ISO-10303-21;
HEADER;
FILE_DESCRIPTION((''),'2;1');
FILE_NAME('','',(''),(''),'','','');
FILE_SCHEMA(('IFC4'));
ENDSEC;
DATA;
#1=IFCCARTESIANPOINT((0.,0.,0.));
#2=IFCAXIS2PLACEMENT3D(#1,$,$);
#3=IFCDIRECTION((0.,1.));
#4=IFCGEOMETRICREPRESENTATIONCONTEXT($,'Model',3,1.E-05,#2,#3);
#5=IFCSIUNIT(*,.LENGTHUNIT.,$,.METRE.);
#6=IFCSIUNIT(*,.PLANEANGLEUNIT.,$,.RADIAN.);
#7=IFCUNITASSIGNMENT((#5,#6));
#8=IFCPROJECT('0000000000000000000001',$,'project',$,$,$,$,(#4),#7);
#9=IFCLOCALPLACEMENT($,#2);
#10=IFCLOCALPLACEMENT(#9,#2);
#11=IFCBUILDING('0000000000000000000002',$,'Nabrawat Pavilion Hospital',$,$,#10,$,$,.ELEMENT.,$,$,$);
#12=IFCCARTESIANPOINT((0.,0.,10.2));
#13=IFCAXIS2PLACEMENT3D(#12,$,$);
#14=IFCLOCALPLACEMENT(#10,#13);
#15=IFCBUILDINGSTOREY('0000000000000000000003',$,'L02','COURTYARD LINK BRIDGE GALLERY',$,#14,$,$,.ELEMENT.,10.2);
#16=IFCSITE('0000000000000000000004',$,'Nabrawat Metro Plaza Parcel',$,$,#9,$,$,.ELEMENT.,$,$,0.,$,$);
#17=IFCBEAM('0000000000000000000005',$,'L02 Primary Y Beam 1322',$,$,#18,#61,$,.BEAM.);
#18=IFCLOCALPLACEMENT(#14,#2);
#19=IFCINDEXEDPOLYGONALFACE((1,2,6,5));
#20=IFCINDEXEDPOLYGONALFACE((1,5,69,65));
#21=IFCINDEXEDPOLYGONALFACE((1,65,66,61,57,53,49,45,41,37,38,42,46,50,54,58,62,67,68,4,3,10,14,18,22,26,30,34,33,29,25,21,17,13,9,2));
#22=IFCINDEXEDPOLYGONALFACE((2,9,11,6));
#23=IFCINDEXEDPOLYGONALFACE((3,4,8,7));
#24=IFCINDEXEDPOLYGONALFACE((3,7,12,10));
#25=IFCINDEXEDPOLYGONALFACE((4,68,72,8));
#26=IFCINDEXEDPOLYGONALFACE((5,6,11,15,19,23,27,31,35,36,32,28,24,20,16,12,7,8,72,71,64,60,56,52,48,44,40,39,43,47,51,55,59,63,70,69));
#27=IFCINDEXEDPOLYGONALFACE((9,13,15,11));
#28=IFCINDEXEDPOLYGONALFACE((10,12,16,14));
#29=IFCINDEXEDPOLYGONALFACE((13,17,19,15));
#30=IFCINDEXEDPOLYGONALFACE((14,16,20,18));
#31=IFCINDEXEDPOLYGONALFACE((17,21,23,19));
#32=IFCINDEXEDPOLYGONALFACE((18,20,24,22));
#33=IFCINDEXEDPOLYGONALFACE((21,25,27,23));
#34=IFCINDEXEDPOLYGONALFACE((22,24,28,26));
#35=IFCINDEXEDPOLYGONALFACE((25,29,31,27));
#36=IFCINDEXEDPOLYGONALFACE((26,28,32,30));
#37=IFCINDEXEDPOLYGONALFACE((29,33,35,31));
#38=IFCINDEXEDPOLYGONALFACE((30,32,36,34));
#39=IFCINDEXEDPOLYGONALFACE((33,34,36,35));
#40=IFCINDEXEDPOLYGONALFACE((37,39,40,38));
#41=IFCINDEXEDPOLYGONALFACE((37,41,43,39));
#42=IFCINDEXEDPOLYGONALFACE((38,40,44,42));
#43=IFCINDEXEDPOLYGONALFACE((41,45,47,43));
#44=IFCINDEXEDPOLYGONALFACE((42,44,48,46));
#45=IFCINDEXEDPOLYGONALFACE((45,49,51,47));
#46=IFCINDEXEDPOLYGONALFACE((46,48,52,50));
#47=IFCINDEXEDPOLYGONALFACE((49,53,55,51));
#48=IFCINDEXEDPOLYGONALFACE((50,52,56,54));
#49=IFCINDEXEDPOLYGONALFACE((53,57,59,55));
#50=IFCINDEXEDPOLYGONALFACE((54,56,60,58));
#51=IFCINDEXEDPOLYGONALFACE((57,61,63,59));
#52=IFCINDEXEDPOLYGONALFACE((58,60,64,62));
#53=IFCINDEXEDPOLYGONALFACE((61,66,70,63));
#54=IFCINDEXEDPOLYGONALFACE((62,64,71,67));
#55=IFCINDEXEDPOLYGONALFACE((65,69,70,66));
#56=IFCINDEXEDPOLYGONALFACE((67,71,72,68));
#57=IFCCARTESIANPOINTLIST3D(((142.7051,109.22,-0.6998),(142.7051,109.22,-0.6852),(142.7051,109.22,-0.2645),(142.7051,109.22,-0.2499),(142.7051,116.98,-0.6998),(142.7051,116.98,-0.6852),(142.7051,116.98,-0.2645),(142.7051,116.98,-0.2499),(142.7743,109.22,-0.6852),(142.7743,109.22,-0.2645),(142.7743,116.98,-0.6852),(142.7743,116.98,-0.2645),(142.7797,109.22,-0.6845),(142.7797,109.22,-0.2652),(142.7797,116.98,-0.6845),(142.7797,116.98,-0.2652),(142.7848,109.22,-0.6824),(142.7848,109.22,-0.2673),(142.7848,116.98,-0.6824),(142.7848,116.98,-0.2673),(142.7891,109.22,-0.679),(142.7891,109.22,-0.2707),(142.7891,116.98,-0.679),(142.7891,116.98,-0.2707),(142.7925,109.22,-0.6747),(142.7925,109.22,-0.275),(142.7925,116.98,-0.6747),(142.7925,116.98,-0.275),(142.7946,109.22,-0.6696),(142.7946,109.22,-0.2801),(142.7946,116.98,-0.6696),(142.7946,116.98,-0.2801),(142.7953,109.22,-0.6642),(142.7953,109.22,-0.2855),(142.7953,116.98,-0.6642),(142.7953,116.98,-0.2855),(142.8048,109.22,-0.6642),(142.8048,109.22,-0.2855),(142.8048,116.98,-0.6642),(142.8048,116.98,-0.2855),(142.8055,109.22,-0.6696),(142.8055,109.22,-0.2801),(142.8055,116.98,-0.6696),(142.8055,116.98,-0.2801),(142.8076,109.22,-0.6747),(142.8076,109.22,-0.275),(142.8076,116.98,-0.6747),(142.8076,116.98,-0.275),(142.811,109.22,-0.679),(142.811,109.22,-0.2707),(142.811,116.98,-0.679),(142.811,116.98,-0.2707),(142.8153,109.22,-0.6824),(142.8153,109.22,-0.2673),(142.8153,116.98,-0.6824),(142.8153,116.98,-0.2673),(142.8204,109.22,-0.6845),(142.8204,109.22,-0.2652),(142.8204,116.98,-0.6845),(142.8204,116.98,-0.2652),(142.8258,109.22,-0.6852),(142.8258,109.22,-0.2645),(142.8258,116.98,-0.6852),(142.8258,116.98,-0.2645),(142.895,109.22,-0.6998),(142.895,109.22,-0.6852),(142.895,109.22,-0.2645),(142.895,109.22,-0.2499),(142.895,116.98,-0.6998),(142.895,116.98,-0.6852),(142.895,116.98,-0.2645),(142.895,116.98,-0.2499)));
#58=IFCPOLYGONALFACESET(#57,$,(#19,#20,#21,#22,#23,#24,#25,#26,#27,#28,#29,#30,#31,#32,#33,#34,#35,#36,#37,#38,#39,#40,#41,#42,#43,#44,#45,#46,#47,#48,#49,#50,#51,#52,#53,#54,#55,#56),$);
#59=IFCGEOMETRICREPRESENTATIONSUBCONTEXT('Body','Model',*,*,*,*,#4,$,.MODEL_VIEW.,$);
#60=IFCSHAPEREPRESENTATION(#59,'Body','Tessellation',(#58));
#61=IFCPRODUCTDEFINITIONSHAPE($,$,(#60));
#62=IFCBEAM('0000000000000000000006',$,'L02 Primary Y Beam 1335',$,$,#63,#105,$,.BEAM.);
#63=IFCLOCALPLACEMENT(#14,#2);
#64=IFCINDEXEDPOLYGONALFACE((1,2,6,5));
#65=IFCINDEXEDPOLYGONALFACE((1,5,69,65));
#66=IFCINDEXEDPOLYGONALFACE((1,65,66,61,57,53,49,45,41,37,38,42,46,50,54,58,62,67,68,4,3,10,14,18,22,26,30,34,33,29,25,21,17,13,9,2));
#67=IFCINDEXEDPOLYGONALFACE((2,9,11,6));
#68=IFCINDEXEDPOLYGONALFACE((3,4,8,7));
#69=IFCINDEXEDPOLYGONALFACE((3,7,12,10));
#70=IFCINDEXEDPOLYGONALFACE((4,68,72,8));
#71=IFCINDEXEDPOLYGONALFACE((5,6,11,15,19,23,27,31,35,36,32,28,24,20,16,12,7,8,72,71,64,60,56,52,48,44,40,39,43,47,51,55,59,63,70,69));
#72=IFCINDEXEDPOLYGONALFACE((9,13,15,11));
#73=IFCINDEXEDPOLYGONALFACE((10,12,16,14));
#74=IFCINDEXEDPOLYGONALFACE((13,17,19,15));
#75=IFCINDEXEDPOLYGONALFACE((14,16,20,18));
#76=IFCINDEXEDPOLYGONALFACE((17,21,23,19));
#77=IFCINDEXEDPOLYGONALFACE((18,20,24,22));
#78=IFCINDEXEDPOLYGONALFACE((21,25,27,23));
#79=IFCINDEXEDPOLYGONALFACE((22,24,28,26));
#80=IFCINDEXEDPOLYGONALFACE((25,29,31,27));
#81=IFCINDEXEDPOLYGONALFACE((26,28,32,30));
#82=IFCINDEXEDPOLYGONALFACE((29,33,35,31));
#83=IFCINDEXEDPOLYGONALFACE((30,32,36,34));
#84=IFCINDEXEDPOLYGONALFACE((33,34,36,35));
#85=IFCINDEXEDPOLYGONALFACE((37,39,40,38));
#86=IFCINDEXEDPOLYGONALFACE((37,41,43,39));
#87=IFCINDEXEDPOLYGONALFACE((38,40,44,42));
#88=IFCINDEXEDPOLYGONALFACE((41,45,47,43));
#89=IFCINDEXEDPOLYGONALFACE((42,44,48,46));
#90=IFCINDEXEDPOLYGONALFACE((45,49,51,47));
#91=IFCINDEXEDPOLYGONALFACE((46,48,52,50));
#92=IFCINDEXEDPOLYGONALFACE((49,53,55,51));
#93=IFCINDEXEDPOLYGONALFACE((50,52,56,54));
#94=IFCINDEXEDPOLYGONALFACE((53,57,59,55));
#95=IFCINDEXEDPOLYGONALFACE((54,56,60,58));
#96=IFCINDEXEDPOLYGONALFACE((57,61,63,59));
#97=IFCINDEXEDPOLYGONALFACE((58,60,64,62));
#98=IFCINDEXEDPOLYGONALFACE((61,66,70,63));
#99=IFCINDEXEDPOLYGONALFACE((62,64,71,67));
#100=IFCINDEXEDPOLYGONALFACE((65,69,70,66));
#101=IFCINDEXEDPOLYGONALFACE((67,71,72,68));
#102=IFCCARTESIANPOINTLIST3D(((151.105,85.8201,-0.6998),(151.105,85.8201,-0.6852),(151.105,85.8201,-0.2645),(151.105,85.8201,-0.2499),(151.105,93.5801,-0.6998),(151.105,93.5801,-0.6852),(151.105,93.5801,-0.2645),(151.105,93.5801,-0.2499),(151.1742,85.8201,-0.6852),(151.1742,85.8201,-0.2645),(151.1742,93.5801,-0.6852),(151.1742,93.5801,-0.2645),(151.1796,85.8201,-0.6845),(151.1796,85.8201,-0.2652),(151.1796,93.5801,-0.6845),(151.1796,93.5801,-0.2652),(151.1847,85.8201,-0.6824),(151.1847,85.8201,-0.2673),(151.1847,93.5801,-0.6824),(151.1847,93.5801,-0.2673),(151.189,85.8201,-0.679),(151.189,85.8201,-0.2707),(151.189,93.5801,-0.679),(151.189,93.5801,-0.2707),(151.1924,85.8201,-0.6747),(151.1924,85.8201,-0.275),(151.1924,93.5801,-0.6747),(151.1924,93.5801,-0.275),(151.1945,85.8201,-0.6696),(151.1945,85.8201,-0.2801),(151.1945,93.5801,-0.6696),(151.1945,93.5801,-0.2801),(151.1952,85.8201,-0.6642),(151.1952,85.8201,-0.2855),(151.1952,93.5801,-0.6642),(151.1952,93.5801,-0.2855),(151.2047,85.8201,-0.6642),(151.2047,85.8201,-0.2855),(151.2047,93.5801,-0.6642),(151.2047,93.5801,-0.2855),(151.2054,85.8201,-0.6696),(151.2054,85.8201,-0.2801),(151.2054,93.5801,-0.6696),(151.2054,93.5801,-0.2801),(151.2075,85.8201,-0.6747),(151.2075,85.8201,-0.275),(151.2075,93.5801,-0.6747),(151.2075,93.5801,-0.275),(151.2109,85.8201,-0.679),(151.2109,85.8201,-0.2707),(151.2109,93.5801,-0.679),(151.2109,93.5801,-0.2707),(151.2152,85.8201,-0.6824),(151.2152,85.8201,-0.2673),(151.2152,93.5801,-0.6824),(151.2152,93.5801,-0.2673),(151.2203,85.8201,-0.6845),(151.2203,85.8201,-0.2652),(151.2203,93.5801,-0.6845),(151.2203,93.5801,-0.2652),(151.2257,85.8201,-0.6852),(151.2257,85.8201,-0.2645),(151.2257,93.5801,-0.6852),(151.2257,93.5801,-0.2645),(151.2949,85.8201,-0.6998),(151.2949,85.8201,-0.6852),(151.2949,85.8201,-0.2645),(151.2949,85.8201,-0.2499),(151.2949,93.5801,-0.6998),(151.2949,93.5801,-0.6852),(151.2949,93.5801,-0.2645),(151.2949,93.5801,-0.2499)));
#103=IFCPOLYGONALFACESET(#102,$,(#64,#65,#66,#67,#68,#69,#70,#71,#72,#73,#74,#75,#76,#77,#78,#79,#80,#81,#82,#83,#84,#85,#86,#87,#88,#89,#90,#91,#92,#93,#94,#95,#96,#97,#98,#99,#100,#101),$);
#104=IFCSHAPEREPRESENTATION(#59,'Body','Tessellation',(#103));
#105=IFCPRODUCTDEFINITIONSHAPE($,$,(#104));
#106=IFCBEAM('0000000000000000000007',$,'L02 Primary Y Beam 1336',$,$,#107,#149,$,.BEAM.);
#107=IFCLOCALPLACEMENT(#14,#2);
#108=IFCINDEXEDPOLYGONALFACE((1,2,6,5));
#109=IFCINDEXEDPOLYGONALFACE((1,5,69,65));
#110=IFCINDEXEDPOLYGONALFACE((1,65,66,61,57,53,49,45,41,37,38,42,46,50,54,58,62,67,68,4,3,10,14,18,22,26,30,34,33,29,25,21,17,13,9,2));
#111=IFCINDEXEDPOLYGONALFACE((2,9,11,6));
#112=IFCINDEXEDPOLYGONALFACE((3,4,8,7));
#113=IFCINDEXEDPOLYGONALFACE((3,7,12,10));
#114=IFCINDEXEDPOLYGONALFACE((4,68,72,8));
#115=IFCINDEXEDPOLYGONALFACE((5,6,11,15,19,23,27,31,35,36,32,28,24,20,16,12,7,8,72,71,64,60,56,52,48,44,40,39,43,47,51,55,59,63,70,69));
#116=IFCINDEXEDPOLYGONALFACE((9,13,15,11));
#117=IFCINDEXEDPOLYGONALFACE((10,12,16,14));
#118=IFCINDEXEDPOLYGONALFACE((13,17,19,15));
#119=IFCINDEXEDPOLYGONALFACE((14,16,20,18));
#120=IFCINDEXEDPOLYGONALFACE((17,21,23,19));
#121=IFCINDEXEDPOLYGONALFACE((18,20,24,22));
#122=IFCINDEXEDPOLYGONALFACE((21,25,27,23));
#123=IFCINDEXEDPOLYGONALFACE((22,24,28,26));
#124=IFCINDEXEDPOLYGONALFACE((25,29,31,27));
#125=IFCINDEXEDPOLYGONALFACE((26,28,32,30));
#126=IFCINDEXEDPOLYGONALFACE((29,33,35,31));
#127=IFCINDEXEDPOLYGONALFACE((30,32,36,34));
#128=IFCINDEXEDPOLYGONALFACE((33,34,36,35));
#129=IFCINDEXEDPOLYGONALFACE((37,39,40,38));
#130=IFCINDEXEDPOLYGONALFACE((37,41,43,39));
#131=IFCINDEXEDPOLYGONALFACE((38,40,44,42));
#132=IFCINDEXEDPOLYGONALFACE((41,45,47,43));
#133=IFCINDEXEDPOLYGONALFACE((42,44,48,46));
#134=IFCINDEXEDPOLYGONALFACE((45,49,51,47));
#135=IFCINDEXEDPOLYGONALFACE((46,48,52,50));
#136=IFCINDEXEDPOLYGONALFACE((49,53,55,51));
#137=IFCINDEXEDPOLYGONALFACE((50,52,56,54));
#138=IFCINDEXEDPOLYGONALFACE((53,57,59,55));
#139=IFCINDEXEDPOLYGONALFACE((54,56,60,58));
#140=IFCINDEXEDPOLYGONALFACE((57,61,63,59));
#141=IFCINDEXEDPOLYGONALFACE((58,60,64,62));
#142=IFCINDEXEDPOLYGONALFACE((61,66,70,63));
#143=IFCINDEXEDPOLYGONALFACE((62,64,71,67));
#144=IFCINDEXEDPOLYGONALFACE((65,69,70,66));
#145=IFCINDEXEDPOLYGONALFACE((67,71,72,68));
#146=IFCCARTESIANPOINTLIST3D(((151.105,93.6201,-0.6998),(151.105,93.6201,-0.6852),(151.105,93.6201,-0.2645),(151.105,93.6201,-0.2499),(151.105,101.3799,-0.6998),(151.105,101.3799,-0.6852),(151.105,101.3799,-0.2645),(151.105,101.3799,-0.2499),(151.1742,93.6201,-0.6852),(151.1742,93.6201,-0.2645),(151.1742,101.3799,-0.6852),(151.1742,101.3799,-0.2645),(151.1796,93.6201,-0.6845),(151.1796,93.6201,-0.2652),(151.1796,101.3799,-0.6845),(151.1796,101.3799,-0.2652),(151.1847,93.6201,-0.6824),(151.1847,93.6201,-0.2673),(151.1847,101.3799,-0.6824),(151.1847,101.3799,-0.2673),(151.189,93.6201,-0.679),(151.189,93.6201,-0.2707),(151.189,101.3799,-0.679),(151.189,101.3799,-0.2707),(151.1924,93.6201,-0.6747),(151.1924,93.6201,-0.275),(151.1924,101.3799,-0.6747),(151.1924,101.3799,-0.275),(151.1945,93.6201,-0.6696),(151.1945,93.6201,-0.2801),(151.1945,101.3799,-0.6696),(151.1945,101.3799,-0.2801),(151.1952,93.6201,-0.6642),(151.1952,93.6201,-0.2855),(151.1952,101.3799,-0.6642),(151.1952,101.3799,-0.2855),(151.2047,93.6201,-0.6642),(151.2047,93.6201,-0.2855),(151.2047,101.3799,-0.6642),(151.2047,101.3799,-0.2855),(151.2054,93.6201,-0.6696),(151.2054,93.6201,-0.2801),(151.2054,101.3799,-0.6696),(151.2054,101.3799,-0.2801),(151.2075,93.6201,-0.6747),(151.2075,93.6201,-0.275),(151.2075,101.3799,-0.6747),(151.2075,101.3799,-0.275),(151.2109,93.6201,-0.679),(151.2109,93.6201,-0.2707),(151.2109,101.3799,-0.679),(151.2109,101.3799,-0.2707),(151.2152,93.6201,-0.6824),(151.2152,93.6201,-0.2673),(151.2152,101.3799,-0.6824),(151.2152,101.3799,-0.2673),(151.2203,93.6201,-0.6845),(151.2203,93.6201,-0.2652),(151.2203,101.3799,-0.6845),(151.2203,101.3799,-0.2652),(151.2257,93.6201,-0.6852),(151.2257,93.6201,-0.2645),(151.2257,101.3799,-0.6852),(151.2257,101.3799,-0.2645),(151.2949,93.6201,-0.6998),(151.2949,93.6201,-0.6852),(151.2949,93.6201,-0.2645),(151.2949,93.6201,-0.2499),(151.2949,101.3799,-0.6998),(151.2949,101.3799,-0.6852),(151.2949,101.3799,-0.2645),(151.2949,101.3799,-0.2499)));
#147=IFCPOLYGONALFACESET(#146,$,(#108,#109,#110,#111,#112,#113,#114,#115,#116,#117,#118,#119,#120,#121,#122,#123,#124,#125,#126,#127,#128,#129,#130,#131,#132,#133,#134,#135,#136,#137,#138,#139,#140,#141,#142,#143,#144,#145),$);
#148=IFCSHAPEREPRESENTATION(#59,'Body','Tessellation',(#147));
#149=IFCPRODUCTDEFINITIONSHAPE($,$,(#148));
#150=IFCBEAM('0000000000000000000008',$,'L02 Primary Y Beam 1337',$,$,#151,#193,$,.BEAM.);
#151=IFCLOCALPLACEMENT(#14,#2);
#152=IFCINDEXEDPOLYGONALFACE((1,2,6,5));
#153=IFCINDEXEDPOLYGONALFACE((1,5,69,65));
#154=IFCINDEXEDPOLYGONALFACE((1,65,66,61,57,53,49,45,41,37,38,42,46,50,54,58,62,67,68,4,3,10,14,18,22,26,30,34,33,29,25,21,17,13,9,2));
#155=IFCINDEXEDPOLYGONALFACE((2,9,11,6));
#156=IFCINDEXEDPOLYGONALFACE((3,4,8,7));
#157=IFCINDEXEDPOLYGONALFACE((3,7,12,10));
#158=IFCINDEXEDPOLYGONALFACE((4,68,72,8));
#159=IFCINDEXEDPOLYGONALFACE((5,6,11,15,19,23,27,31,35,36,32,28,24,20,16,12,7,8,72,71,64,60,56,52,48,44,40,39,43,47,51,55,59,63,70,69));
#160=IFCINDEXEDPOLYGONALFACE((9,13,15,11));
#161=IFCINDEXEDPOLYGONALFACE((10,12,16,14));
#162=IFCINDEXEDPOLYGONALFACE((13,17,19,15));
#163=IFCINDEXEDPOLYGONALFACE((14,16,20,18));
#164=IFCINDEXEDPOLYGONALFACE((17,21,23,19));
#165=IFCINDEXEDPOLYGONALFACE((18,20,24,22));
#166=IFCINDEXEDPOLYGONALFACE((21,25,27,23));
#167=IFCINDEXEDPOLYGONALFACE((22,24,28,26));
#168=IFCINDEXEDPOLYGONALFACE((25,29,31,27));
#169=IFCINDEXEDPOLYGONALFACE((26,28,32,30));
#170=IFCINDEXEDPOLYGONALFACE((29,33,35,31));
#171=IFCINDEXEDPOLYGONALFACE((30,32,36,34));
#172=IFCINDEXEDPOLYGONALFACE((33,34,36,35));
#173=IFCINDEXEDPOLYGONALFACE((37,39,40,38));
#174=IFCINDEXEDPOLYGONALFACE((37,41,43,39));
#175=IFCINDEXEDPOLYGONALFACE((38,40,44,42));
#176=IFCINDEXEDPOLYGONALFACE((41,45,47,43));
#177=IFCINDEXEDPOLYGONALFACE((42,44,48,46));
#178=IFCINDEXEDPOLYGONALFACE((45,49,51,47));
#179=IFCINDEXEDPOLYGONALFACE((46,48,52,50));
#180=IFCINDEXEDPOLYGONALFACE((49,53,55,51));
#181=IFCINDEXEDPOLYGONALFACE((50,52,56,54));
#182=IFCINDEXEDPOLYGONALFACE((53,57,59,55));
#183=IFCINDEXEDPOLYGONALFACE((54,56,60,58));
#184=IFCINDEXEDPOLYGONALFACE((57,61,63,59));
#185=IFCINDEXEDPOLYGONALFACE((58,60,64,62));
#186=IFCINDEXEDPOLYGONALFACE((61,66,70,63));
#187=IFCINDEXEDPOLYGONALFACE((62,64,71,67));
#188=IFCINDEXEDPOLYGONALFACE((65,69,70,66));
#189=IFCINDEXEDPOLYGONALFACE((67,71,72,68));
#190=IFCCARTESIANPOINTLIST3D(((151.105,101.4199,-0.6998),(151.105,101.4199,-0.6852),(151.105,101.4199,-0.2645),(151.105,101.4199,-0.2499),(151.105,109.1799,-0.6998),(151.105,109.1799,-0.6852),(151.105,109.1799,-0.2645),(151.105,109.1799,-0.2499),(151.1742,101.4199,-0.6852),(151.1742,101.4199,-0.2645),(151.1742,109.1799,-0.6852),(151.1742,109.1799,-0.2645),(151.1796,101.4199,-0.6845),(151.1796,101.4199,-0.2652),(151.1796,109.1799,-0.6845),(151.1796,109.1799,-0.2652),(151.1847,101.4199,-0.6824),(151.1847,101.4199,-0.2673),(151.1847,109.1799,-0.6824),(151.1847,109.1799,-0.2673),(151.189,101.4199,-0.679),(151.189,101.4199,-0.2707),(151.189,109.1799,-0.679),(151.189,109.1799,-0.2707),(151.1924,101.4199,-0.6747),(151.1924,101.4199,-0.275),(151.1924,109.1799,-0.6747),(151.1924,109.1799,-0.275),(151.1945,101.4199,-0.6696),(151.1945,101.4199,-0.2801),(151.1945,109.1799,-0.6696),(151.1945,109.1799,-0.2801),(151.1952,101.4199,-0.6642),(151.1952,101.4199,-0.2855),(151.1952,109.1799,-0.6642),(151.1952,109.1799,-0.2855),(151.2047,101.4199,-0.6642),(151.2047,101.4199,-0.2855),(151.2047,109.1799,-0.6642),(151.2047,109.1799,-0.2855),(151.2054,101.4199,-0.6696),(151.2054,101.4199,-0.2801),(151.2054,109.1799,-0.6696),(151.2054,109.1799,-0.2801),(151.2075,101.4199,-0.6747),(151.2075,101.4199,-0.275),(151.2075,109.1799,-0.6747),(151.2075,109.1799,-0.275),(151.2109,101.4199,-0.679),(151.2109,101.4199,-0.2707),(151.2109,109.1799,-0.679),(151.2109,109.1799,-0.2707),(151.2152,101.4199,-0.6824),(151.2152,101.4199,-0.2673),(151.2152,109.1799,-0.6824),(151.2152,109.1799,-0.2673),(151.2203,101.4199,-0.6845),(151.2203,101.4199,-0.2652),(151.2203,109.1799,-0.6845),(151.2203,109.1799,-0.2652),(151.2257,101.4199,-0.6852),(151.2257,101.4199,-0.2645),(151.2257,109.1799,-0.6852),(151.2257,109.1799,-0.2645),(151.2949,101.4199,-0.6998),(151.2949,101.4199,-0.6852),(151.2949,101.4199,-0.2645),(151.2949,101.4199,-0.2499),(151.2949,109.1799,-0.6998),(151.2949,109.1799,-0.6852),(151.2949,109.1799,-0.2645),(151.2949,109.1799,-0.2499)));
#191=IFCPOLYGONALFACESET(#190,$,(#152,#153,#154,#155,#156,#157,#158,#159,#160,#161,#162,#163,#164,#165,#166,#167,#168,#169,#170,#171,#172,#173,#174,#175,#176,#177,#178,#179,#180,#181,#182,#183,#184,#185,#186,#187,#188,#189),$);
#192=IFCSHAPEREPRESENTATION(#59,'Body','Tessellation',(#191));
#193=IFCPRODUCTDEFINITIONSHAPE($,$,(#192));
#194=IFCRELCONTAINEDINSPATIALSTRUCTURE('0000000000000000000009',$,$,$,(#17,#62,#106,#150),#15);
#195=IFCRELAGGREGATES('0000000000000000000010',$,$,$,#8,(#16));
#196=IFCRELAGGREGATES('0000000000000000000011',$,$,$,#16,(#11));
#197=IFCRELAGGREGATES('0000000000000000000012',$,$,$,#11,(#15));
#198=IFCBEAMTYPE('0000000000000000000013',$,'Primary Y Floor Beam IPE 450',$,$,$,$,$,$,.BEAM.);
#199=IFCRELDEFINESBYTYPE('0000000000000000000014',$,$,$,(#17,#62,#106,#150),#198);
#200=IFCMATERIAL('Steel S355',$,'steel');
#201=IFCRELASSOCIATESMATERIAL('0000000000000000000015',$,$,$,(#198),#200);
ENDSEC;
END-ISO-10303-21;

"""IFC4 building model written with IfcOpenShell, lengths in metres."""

from ifc_helpers import new_model, si_unit, direction, frame, origin, origin_2d, place, context, subcontext, project, spatial, i_section, extrude, material, material_profile, profile_set, type_object, element, save


model = new_model("IFC4")

# Units and contexts
model_context = context("Model", 3, precision=1e-05, world=origin(), true_north=direction((0.0, 1.0)))
body_context = subcontext(model_context, "Body", "Model", "MODEL_VIEW")
ifc_project = project(units=[si_unit("LENGTHUNIT", "METRE"), si_unit("PLANEANGLEUNIT", "RADIAN")], contexts=[model_context])

# Site, building, storey
site_placement = place(None, origin())
site = spatial("IfcSite", under=ifc_project, at=site_placement, Name="Nabrawat Metro Plaza Parcel", CompositionType="ELEMENT", RefElevation=0.0)
building_placement = place(site_placement, origin())
building = spatial("IfcBuilding", under=site, at=building_placement, Name="Nabrawat Pavilion Hospital", CompositionType="ELEMENT")
storey_placement = place(building_placement, frame((0.0, 0.0, 10.2)))
storey = spatial("IfcBuildingStorey", under=building, at=storey_placement, Name="L02", Description="COURTYARD LINK BRIDGE GALLERY", CompositionType="ELEMENT", Elevation=10.2)

# Shared definitions
ifc_material_1 = material(Name="Steel S355", Category="steel")

# Beams
ifc_material_profile_1 = material_profile(ifc_material_1, i_section(OverallWidth=0.1899, OverallDepth=0.45, WebThickness=0.0095, FlangeThickness=0.0146, FilletRadius=0.021, at=origin_2d()), Name="IPE 450")
ifc_profile_set_1 = profile_set([ifc_material_profile_1], Name="Steel S355")
beam_type_1 = type_object("IfcBeamType", Name="Primary Y Floor Beam IPE 450", PredefinedType="BEAM", material=ifc_profile_set_1)
for number, where, z_axis, x_axis, name in (
    (1, (142.8, 109.22, -0.4749), (0.0, 1.0, 0.0), (-1.0, 0.0, 0.0), "L02 Primary Y Beam 1322"),
    (2, (151.2, 85.8201, -0.4749), (0.0, 1.0, 0.0), (-1.0, 0.0, 0.0), "L02 Primary Y Beam 1335"),
):
    element("IfcBeam", number, at=place(storey_placement, frame(where, z_axis=z_axis, x_axis=x_axis)), inside=storey, type_object=beam_type_1, Name=name, PredefinedType="BEAM", context=body_context, shape_type="SweptSolid", body=[
        extrude(i_section(OverallWidth=0.1899, OverallDepth=0.45, WebThickness=0.0095, FlangeThickness=0.0146, FilletRadius=0.021, at=origin_2d()), origin(), (0.0, 0.0, 1.0), 7.76),
    ])
beam_1_placement = place(storey_placement, frame((151.2, 93.6201, -0.4749), z_axis=(0.0, 1.0, 0.0), x_axis=(-1.0, 0.0, 0.0)))
element("IfcBeam", 3, at=beam_1_placement, inside=storey, type_object=beam_type_1, Name="L02 Primary Y Beam 1336", PredefinedType="BEAM", context=body_context, shape_type="SweptSolid", body=[
    extrude(i_section(OverallWidth=0.1899, OverallDepth=0.45, WebThickness=0.0095, FlangeThickness=0.0146, FilletRadius=0.021, at=origin_2d()), origin(), (0.0, 0.0, 1.0), 7.7598),
])
for number, where, z_axis, x_axis, name in (
    (4, (151.2, 101.4199, -0.4749), (0.0, 1.0, 0.0), (-1.0, 0.0, 0.0), "L02 Primary Y Beam 1337"),
):
    element("IfcBeam", number, at=place(storey_placement, frame(where, z_axis=z_axis, x_axis=x_axis)), inside=storey, type_object=beam_type_1, Name=name, PredefinedType="BEAM", context=body_context, shape_type="SweptSolid", body=[
        extrude(i_section(OverallWidth=0.1899, OverallDepth=0.45, WebThickness=0.0095, FlangeThickness=0.0146, FilletRadius=0.021, at=origin_2d()), origin(), (0.0, 0.0, 1.0), 7.76),
    ])

save(model, "model.ifc")
